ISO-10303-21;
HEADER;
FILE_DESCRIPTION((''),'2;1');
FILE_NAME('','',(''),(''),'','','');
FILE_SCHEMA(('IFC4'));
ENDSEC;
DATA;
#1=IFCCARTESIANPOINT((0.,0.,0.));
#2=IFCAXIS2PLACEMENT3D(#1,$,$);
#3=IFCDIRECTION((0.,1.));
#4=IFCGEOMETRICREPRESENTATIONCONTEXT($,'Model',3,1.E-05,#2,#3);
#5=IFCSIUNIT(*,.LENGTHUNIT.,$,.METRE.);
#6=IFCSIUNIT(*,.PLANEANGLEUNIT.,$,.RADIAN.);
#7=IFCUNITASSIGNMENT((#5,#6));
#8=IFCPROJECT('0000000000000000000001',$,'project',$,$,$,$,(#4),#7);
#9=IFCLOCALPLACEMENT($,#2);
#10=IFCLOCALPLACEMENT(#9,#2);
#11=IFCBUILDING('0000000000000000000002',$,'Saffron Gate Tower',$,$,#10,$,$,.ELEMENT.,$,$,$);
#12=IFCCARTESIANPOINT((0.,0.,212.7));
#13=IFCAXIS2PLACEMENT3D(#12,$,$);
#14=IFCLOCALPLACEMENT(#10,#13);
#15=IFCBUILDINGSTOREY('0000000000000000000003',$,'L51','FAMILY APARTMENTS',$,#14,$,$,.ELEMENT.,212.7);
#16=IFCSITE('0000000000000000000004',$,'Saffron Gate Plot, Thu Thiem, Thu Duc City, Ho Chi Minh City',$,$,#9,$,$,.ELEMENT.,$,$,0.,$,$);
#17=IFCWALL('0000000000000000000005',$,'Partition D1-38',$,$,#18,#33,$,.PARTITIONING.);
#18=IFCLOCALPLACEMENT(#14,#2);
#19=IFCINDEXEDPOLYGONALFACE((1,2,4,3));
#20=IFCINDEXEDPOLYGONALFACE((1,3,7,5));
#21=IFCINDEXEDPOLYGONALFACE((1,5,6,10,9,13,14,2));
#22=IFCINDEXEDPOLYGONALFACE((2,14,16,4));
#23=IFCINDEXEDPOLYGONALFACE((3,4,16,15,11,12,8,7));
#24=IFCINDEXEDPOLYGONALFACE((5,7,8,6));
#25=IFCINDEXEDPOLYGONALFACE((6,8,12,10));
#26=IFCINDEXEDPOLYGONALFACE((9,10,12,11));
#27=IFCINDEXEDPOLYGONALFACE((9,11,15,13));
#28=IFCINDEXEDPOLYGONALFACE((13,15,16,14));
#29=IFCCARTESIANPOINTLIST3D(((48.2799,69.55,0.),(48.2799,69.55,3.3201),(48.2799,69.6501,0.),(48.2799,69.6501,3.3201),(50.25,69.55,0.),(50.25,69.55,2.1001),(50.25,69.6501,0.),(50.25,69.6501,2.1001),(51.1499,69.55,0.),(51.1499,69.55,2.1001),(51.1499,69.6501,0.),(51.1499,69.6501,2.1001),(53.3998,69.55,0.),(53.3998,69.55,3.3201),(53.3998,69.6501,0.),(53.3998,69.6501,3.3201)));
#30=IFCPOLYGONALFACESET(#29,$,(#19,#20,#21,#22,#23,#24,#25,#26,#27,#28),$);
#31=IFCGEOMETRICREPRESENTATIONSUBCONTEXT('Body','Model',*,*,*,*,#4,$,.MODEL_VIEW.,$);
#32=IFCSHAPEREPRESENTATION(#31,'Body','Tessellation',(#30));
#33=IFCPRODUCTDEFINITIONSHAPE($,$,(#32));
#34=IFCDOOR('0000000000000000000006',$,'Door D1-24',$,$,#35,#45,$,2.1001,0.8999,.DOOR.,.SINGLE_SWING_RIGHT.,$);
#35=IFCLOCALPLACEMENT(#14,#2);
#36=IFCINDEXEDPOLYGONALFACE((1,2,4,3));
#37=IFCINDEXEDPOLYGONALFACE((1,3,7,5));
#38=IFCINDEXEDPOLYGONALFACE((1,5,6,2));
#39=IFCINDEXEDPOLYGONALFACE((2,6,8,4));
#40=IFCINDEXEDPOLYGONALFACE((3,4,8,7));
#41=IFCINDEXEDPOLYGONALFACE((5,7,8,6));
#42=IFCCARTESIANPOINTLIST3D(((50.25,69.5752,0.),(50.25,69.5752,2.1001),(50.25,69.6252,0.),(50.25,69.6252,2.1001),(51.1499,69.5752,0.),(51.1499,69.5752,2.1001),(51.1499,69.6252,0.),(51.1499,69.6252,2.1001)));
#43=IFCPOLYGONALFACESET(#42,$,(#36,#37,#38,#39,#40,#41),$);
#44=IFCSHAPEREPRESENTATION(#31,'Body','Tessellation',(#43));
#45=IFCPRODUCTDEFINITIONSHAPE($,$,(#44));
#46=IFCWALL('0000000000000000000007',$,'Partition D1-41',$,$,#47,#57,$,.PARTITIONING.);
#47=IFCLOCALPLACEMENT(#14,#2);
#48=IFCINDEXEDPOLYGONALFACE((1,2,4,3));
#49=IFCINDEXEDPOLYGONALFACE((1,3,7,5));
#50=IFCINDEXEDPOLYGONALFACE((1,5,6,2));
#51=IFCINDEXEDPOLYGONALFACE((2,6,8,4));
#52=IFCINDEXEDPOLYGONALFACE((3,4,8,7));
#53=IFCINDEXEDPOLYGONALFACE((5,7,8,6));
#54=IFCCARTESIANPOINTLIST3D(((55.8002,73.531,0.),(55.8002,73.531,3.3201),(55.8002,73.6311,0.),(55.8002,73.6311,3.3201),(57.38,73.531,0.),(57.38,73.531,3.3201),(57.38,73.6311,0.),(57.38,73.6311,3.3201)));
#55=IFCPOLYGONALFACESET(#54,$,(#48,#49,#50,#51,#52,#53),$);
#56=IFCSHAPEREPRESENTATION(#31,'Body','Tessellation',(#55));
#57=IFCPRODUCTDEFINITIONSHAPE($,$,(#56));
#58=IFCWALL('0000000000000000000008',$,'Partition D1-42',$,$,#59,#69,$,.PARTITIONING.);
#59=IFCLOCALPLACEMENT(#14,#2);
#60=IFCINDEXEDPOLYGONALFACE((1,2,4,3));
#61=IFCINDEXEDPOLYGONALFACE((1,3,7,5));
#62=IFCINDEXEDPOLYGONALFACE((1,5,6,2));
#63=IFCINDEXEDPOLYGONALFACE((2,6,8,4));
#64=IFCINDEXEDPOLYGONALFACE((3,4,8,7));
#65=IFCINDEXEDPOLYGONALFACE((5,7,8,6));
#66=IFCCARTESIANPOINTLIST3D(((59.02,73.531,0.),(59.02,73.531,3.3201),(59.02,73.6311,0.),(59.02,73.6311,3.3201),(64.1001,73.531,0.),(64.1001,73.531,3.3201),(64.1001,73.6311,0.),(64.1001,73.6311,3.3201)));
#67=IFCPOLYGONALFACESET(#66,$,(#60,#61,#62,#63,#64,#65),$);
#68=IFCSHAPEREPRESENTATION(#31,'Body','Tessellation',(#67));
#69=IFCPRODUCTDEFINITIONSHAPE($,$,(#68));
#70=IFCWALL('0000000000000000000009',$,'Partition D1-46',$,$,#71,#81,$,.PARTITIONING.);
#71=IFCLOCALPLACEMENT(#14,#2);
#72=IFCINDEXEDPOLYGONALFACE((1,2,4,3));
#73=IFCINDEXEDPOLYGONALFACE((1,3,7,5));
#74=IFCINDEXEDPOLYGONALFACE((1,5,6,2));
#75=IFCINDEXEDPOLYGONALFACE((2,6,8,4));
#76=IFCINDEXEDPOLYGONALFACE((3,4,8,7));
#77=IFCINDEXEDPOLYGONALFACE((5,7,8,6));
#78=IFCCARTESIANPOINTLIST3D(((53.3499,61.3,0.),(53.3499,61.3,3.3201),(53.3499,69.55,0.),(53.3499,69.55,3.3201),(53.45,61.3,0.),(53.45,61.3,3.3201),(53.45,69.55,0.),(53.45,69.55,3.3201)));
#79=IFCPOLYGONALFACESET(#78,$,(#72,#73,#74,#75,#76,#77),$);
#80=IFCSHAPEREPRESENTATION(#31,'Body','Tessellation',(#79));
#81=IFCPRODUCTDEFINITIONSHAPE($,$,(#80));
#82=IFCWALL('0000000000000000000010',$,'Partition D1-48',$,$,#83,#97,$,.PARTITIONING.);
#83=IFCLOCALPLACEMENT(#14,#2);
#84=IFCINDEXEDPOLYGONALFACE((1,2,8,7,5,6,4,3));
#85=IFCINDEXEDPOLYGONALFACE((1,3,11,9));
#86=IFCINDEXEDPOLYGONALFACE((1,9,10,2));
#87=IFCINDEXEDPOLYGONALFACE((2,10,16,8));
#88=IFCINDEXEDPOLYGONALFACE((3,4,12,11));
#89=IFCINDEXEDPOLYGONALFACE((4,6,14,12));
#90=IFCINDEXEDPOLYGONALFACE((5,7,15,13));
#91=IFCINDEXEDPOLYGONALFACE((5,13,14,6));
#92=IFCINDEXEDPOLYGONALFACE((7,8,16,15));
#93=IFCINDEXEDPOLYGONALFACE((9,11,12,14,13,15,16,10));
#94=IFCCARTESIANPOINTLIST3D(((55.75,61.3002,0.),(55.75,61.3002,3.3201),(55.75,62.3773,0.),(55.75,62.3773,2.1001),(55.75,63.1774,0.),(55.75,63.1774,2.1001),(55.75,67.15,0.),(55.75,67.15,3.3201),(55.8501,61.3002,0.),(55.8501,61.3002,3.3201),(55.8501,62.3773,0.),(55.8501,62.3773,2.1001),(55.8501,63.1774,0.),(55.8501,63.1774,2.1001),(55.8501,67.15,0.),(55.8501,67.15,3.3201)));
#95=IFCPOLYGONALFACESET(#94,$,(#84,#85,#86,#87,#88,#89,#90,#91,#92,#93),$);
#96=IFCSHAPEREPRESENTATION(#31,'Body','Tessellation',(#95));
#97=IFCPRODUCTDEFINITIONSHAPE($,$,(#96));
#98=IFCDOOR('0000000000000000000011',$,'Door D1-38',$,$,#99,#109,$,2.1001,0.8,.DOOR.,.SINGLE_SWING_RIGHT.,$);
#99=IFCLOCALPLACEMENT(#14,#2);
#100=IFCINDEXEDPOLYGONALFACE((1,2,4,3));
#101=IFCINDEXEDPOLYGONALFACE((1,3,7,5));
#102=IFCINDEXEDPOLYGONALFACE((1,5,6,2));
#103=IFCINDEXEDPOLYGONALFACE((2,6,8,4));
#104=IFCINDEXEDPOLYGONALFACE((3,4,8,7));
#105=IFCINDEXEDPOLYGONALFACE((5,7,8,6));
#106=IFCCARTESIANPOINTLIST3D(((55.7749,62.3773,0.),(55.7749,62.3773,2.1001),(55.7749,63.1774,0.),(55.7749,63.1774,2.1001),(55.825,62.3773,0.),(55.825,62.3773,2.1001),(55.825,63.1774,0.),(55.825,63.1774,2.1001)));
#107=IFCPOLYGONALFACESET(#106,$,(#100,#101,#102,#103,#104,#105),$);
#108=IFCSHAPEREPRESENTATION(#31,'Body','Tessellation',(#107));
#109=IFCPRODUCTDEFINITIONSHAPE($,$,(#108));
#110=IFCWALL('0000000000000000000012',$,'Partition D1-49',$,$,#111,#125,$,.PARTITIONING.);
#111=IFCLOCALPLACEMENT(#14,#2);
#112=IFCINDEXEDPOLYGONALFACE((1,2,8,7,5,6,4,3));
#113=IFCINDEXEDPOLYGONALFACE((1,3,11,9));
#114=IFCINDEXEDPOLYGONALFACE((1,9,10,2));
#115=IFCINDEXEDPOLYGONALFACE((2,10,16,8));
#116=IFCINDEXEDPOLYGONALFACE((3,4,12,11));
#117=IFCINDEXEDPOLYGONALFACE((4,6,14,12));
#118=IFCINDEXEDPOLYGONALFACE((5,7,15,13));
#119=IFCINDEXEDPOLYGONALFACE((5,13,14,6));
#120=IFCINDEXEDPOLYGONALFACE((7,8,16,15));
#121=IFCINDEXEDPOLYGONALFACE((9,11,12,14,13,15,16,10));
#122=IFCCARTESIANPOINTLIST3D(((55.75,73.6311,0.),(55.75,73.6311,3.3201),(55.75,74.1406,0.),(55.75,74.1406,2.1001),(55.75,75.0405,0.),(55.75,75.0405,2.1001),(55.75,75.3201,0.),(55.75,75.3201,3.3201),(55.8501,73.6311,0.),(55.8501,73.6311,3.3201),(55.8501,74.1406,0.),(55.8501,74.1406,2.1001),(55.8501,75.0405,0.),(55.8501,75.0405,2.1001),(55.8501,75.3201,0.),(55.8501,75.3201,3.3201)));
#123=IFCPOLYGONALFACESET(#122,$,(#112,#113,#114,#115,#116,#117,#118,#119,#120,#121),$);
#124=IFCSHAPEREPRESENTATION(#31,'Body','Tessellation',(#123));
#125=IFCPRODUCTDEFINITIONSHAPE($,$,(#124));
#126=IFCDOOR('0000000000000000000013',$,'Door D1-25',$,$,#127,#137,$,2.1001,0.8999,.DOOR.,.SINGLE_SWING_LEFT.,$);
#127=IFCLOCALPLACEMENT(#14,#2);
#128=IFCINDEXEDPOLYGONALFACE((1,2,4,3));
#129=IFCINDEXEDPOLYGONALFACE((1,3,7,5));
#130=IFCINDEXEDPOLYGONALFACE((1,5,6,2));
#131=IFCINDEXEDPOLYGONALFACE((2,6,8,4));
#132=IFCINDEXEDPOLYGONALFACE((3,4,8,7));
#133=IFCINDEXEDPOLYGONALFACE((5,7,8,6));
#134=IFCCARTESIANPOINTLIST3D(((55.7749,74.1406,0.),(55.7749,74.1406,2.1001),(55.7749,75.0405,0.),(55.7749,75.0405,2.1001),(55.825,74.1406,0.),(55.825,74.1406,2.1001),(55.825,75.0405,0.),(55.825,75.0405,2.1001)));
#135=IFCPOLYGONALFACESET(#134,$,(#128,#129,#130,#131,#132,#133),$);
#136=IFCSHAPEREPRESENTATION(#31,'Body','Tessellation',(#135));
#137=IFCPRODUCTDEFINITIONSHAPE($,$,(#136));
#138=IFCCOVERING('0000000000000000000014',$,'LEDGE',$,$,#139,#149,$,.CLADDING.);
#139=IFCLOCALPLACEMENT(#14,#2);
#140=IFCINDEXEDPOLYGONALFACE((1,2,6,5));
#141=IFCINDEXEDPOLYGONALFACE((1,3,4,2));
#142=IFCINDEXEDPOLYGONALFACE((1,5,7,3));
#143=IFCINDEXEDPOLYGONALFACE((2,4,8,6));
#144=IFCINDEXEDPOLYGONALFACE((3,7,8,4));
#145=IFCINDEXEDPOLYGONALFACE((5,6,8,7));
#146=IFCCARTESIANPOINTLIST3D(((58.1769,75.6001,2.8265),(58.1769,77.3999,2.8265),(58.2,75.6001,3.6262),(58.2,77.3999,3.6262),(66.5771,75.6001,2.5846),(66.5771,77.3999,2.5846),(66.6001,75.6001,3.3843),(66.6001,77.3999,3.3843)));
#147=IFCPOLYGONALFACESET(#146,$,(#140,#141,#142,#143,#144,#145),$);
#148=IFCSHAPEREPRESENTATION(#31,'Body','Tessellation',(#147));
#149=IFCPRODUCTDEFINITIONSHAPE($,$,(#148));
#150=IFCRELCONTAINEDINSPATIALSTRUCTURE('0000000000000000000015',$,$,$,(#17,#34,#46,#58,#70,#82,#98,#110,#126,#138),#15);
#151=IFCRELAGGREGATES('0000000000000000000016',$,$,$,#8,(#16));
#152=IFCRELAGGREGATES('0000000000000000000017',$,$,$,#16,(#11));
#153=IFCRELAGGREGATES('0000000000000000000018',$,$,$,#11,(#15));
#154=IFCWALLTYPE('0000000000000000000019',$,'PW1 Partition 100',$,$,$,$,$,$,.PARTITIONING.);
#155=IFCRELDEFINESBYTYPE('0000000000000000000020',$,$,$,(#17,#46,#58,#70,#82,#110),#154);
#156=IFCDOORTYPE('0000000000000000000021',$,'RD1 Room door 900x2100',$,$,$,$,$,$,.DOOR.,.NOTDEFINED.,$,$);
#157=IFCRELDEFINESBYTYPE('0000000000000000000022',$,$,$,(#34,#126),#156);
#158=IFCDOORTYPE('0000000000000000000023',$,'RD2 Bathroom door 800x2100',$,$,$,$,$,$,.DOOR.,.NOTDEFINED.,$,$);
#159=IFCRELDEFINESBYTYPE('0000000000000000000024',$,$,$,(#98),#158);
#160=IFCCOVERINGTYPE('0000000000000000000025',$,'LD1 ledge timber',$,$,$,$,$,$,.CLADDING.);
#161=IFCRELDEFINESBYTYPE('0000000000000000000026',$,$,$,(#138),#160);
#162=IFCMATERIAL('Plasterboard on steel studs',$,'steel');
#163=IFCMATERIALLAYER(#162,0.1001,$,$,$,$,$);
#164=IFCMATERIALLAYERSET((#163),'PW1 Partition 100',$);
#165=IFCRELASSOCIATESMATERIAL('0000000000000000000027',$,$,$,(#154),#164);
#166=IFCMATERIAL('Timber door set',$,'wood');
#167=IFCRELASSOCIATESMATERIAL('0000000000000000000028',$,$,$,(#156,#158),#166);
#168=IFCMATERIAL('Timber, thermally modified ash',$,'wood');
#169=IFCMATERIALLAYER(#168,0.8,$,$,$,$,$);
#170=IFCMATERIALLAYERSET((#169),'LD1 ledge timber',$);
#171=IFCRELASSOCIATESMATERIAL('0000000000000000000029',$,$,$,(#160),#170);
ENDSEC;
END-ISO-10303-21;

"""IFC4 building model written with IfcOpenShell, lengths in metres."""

from ifc_helpers import new_model, si_unit, direction, frame, frame_2d, origin, place, context, subcontext, project, spatial, polyline, rectangle, outline, extrude, material, layer, layer_set, type_object, element, fill, save


model = new_model("IFC4")

# Units and contexts
model_context = context("Model", 3, precision=1e-05, world=origin(), true_north=direction((0.0, 1.0)))
body_context = subcontext(model_context, "Body", "Model", "MODEL_VIEW")
ifc_project = project(units=[si_unit("LENGTHUNIT", "METRE"), si_unit("PLANEANGLEUNIT", "RADIAN")], contexts=[model_context])

# Site, building, storey
site_placement = place(None, origin())
site = spatial("IfcSite", under=ifc_project, at=site_placement, Name="Saffron Gate Plot, Thu Thiem, Thu Duc City, Ho Chi Minh City", CompositionType="ELEMENT", RefElevation=0.0)
building_placement = place(site_placement, origin())
building = spatial("IfcBuilding", under=site, at=building_placement, Name="Saffron Gate Tower", CompositionType="ELEMENT")
storey_placement = place(building_placement, frame((0.0, 0.0, 212.7)))
storey = spatial("IfcBuildingStorey", under=building, at=storey_placement, Name="L51", Description="FAMILY APARTMENTS", CompositionType="ELEMENT", Elevation=212.7)

# Shared definitions
ifc_material_1 = material(Name="Plasterboard on steel studs", Category="steel")
ifc_layer_1 = layer(ifc_material_1, 0.1001)
ifc_layer_set_1 = layer_set([ifc_layer_1], Name="PW1 Partition 100")
wall_type = type_object("IfcWallType", Name="PW1 Partition 100", PredefinedType="PARTITIONING", material=ifc_layer_set_1)

# Wall, opening, door
ifc_material_2 = material(Name="Timber door set", Category="wood")
door_type_1 = type_object("IfcDoorType", Name="RD1 Room door 900x2100", OperationType="NOTDEFINED", PredefinedType="DOOR", material=ifc_material_2)
wall_1_placement = place(storey_placement, frame((53.3999, 69.6001, 0.0), z_axis=(0.0, 0.0, 1.0), x_axis=(-1.0, 0.0, 0.0)))
wall_1 = element("IfcWall", 1, at=wall_1_placement, inside=storey, type_object=wall_type, Name="Partition D1-38", PredefinedType="PARTITIONING", context=body_context, shape_type="SweptSolid", body=[
    extrude(rectangle(XDim=5.1199, YDim=0.1001, at=frame_2d((2.5601, 0.0))), origin(), (0.0, 0.0, 1.0), 3.3201),
])
opening_1_placement = place(wall_1_placement, frame((2.25, 0.0, 0.0)))
opening_1 = element("IfcOpeningElement", 2, at=opening_1_placement, cuts=wall_1, PredefinedType="OPENING", context=body_context, shape_type="SweptSolid", body=[
    extrude(rectangle(XDim=0.8999, YDim=2.1001, at=frame_2d((0.45, 1.05))), frame((0.0, 0.0601, 0.0), z_axis=(0.0, -1.0, 0.0), x_axis=(1.0, 0.0, 0.0)), (0.0, 0.0, 1.0), 0.1201),
])
door_1_placement = place(opening_1_placement, origin())
door_1 = element("IfcDoor", 3, at=door_1_placement, inside=storey, type_object=door_type_1, Name="Door D1-24", OperationType="SINGLE_SWING_RIGHT", OverallHeight=2.1001, OverallWidth=0.8999, PredefinedType="DOOR", context=body_context, shape_type="SweptSolid", body=[
    extrude(rectangle(XDim=0.8999, YDim=2.1001, at=frame_2d((0.45, 1.05))), frame((0.0, 0.0249, 0.0), z_axis=(0.0, -1.0, 0.0), x_axis=(1.0, 0.0, 0.0)), (0.0, 0.0, 1.0), 0.05),
])
fill(opening_1, door_1)

# Walls
wall_2_placement = place(storey_placement, frame((55.8, 73.5811, 0.0), z_axis=(0.0, 0.0, 1.0), x_axis=(1.0, 0.0, 0.0)))
element("IfcWall", 4, at=wall_2_placement, inside=storey, type_object=wall_type, Name="Partition D1-41", PredefinedType="PARTITIONING", context=body_context, shape_type="SweptSolid", body=[
    extrude(rectangle(XDim=1.5798, YDim=0.1001, at=frame_2d((0.79, 0.0))), origin(), (0.0, 0.0, 1.0), 3.3201),
])
wall_3_placement = place(storey_placement, frame((59.02, 73.5811, 0.0), z_axis=(0.0, 0.0, 1.0), x_axis=(1.0, 0.0, 0.0)))
element("IfcWall", 5, at=wall_3_placement, inside=storey, type_object=wall_type, Name="Partition D1-42", PredefinedType="PARTITIONING", context=body_context, shape_type="SweptSolid", body=[
    extrude(rectangle(XDim=5.0801, YDim=0.1001, at=frame_2d((2.54, 0.0))), origin(), (0.0, 0.0, 1.0), 3.3201),
])
wall_4_placement = place(storey_placement, frame((53.3999, 69.55, 0.0), z_axis=(0.0, 0.0, 1.0), x_axis=(0.0, -1.0, 0.0)))
element("IfcWall", 6, at=wall_4_placement, inside=storey, type_object=wall_type, Name="Partition D1-46", PredefinedType="PARTITIONING", context=body_context, shape_type="SweptSolid", body=[
    extrude(rectangle(XDim=8.25, YDim=0.1001, at=frame_2d((4.125, 0.0))), origin(), (0.0, 0.0, 1.0), 3.3201),
])

# Walls, openings, doors
wall_5_placement = place(storey_placement, frame((55.8, 67.1499, 0.0), z_axis=(0.0, 0.0, 1.0), x_axis=(0.0, -1.0, 0.0)))
wall_5 = element("IfcWall", 7, at=wall_5_placement, inside=storey, type_object=wall_type, Name="Partition D1-48", PredefinedType="PARTITIONING", context=body_context, shape_type="SweptSolid", body=[
    extrude(rectangle(XDim=5.8499, YDim=0.1001, at=frame_2d((2.9248, 0.0))), origin(), (0.0, 0.0, 1.0), 3.3201),
])
opening_2_placement = place(wall_5_placement, frame((3.9727, 0.0, 0.0)))
opening_2 = element("IfcOpeningElement", 8, at=opening_2_placement, cuts=wall_5, PredefinedType="OPENING", context=body_context, shape_type="SweptSolid", body=[
    extrude(rectangle(XDim=0.8, YDim=2.1001, at=frame_2d((0.3999, 1.05))), frame((0.0, 0.0601, 0.0), z_axis=(0.0, -1.0, 0.0), x_axis=(1.0, 0.0, 0.0)), (0.0, 0.0, 1.0), 0.1201),
])
door_type_2 = type_object("IfcDoorType", Name="RD2 Bathroom door 800x2100", OperationType="NOTDEFINED", PredefinedType="DOOR", material=ifc_material_2)
door_2_placement = place(opening_2_placement, origin())
door_2 = element("IfcDoor", 9, at=door_2_placement, inside=storey, type_object=door_type_2, Name="Door D1-38", OperationType="SINGLE_SWING_RIGHT", OverallHeight=2.1001, OverallWidth=0.8, PredefinedType="DOOR", context=body_context, shape_type="SweptSolid", body=[
    extrude(rectangle(XDim=0.8, YDim=2.1001, at=frame_2d((0.3999, 1.05))), frame((0.0, 0.0249, 0.0), z_axis=(0.0, -1.0, 0.0), x_axis=(1.0, 0.0, 0.0)), (0.0, 0.0, 1.0), 0.05),
])
fill(opening_2, door_2)
wall_6_placement = place(storey_placement, frame((55.8, 75.3201, 0.0), z_axis=(0.0, 0.0, 1.0), x_axis=(0.0, -1.0, 0.0)))
wall_6 = element("IfcWall", 10, at=wall_6_placement, inside=storey, type_object=wall_type, Name="Partition D1-49", PredefinedType="PARTITIONING", context=body_context, shape_type="SweptSolid", body=[
    extrude(rectangle(XDim=1.689, YDim=0.1001, at=frame_2d((0.8445, 0.0))), origin(), (0.0, 0.0, 1.0), 3.3201),
])
opening_3_placement = place(wall_6_placement, frame((0.2795, 0.0, 0.0)))
opening_3 = element("IfcOpeningElement", 11, at=opening_3_placement, cuts=wall_6, PredefinedType="OPENING", context=body_context, shape_type="SweptSolid", body=[
    extrude(rectangle(XDim=0.8999, YDim=2.1001, at=frame_2d((0.45, 1.05))), frame((0.0, 0.0601, 0.0), z_axis=(0.0, -1.0, 0.0), x_axis=(1.0, 0.0, 0.0)), (0.0, 0.0, 1.0), 0.1201),
])
door_3_placement = place(opening_3_placement, origin())
door_3 = element("IfcDoor", 12, at=door_3_placement, inside=storey, type_object=door_type_1, Name="Door D1-25", OperationType="SINGLE_SWING_LEFT", OverallHeight=2.1001, OverallWidth=0.8999, PredefinedType="DOOR", context=body_context, shape_type="SweptSolid", body=[
    extrude(rectangle(XDim=0.8999, YDim=2.1001, at=frame_2d((0.45, 1.05))), frame((0.0, 0.0249, 0.0), z_axis=(0.0, -1.0, 0.0), x_axis=(1.0, 0.0, 0.0)), (0.0, 0.0, 1.0), 0.05),
])
fill(opening_3, door_3)

# Covering
ifc_material_3 = material(Name="Timber, thermally modified ash", Category="wood")
ifc_layer_2 = layer(ifc_material_3, 0.8)
ifc_layer_set_2 = layer_set([ifc_layer_2], Name="LD1 ledge timber")
covering_type = type_object("IfcCoveringType", Name="LD1 ledge timber", PredefinedType="CLADDING", material=ifc_layer_set_2)
covering_placement = place(storey_placement, frame((66.6001, 75.6001, 3.3843), z_axis=(0.02879, 0.0, 0.999585), x_axis=(-0.999585, 0.0, 0.02879)))
element("IfcCovering", 13, at=covering_placement, inside=storey, type_object=covering_type, Name="LEDGE", PredefinedType="CLADDING", context=body_context, shape_type="SweptSolid", body=[
    extrude(outline(polyline([(0.0, 0.0), (8.4036, 0.0), (8.4036, -1.7998), (0.0, -1.7998), (0.0, 0.0)])), origin(), (0.0, 0.0, -1.0), 0.8),
])

save(model, "model.ifc")
